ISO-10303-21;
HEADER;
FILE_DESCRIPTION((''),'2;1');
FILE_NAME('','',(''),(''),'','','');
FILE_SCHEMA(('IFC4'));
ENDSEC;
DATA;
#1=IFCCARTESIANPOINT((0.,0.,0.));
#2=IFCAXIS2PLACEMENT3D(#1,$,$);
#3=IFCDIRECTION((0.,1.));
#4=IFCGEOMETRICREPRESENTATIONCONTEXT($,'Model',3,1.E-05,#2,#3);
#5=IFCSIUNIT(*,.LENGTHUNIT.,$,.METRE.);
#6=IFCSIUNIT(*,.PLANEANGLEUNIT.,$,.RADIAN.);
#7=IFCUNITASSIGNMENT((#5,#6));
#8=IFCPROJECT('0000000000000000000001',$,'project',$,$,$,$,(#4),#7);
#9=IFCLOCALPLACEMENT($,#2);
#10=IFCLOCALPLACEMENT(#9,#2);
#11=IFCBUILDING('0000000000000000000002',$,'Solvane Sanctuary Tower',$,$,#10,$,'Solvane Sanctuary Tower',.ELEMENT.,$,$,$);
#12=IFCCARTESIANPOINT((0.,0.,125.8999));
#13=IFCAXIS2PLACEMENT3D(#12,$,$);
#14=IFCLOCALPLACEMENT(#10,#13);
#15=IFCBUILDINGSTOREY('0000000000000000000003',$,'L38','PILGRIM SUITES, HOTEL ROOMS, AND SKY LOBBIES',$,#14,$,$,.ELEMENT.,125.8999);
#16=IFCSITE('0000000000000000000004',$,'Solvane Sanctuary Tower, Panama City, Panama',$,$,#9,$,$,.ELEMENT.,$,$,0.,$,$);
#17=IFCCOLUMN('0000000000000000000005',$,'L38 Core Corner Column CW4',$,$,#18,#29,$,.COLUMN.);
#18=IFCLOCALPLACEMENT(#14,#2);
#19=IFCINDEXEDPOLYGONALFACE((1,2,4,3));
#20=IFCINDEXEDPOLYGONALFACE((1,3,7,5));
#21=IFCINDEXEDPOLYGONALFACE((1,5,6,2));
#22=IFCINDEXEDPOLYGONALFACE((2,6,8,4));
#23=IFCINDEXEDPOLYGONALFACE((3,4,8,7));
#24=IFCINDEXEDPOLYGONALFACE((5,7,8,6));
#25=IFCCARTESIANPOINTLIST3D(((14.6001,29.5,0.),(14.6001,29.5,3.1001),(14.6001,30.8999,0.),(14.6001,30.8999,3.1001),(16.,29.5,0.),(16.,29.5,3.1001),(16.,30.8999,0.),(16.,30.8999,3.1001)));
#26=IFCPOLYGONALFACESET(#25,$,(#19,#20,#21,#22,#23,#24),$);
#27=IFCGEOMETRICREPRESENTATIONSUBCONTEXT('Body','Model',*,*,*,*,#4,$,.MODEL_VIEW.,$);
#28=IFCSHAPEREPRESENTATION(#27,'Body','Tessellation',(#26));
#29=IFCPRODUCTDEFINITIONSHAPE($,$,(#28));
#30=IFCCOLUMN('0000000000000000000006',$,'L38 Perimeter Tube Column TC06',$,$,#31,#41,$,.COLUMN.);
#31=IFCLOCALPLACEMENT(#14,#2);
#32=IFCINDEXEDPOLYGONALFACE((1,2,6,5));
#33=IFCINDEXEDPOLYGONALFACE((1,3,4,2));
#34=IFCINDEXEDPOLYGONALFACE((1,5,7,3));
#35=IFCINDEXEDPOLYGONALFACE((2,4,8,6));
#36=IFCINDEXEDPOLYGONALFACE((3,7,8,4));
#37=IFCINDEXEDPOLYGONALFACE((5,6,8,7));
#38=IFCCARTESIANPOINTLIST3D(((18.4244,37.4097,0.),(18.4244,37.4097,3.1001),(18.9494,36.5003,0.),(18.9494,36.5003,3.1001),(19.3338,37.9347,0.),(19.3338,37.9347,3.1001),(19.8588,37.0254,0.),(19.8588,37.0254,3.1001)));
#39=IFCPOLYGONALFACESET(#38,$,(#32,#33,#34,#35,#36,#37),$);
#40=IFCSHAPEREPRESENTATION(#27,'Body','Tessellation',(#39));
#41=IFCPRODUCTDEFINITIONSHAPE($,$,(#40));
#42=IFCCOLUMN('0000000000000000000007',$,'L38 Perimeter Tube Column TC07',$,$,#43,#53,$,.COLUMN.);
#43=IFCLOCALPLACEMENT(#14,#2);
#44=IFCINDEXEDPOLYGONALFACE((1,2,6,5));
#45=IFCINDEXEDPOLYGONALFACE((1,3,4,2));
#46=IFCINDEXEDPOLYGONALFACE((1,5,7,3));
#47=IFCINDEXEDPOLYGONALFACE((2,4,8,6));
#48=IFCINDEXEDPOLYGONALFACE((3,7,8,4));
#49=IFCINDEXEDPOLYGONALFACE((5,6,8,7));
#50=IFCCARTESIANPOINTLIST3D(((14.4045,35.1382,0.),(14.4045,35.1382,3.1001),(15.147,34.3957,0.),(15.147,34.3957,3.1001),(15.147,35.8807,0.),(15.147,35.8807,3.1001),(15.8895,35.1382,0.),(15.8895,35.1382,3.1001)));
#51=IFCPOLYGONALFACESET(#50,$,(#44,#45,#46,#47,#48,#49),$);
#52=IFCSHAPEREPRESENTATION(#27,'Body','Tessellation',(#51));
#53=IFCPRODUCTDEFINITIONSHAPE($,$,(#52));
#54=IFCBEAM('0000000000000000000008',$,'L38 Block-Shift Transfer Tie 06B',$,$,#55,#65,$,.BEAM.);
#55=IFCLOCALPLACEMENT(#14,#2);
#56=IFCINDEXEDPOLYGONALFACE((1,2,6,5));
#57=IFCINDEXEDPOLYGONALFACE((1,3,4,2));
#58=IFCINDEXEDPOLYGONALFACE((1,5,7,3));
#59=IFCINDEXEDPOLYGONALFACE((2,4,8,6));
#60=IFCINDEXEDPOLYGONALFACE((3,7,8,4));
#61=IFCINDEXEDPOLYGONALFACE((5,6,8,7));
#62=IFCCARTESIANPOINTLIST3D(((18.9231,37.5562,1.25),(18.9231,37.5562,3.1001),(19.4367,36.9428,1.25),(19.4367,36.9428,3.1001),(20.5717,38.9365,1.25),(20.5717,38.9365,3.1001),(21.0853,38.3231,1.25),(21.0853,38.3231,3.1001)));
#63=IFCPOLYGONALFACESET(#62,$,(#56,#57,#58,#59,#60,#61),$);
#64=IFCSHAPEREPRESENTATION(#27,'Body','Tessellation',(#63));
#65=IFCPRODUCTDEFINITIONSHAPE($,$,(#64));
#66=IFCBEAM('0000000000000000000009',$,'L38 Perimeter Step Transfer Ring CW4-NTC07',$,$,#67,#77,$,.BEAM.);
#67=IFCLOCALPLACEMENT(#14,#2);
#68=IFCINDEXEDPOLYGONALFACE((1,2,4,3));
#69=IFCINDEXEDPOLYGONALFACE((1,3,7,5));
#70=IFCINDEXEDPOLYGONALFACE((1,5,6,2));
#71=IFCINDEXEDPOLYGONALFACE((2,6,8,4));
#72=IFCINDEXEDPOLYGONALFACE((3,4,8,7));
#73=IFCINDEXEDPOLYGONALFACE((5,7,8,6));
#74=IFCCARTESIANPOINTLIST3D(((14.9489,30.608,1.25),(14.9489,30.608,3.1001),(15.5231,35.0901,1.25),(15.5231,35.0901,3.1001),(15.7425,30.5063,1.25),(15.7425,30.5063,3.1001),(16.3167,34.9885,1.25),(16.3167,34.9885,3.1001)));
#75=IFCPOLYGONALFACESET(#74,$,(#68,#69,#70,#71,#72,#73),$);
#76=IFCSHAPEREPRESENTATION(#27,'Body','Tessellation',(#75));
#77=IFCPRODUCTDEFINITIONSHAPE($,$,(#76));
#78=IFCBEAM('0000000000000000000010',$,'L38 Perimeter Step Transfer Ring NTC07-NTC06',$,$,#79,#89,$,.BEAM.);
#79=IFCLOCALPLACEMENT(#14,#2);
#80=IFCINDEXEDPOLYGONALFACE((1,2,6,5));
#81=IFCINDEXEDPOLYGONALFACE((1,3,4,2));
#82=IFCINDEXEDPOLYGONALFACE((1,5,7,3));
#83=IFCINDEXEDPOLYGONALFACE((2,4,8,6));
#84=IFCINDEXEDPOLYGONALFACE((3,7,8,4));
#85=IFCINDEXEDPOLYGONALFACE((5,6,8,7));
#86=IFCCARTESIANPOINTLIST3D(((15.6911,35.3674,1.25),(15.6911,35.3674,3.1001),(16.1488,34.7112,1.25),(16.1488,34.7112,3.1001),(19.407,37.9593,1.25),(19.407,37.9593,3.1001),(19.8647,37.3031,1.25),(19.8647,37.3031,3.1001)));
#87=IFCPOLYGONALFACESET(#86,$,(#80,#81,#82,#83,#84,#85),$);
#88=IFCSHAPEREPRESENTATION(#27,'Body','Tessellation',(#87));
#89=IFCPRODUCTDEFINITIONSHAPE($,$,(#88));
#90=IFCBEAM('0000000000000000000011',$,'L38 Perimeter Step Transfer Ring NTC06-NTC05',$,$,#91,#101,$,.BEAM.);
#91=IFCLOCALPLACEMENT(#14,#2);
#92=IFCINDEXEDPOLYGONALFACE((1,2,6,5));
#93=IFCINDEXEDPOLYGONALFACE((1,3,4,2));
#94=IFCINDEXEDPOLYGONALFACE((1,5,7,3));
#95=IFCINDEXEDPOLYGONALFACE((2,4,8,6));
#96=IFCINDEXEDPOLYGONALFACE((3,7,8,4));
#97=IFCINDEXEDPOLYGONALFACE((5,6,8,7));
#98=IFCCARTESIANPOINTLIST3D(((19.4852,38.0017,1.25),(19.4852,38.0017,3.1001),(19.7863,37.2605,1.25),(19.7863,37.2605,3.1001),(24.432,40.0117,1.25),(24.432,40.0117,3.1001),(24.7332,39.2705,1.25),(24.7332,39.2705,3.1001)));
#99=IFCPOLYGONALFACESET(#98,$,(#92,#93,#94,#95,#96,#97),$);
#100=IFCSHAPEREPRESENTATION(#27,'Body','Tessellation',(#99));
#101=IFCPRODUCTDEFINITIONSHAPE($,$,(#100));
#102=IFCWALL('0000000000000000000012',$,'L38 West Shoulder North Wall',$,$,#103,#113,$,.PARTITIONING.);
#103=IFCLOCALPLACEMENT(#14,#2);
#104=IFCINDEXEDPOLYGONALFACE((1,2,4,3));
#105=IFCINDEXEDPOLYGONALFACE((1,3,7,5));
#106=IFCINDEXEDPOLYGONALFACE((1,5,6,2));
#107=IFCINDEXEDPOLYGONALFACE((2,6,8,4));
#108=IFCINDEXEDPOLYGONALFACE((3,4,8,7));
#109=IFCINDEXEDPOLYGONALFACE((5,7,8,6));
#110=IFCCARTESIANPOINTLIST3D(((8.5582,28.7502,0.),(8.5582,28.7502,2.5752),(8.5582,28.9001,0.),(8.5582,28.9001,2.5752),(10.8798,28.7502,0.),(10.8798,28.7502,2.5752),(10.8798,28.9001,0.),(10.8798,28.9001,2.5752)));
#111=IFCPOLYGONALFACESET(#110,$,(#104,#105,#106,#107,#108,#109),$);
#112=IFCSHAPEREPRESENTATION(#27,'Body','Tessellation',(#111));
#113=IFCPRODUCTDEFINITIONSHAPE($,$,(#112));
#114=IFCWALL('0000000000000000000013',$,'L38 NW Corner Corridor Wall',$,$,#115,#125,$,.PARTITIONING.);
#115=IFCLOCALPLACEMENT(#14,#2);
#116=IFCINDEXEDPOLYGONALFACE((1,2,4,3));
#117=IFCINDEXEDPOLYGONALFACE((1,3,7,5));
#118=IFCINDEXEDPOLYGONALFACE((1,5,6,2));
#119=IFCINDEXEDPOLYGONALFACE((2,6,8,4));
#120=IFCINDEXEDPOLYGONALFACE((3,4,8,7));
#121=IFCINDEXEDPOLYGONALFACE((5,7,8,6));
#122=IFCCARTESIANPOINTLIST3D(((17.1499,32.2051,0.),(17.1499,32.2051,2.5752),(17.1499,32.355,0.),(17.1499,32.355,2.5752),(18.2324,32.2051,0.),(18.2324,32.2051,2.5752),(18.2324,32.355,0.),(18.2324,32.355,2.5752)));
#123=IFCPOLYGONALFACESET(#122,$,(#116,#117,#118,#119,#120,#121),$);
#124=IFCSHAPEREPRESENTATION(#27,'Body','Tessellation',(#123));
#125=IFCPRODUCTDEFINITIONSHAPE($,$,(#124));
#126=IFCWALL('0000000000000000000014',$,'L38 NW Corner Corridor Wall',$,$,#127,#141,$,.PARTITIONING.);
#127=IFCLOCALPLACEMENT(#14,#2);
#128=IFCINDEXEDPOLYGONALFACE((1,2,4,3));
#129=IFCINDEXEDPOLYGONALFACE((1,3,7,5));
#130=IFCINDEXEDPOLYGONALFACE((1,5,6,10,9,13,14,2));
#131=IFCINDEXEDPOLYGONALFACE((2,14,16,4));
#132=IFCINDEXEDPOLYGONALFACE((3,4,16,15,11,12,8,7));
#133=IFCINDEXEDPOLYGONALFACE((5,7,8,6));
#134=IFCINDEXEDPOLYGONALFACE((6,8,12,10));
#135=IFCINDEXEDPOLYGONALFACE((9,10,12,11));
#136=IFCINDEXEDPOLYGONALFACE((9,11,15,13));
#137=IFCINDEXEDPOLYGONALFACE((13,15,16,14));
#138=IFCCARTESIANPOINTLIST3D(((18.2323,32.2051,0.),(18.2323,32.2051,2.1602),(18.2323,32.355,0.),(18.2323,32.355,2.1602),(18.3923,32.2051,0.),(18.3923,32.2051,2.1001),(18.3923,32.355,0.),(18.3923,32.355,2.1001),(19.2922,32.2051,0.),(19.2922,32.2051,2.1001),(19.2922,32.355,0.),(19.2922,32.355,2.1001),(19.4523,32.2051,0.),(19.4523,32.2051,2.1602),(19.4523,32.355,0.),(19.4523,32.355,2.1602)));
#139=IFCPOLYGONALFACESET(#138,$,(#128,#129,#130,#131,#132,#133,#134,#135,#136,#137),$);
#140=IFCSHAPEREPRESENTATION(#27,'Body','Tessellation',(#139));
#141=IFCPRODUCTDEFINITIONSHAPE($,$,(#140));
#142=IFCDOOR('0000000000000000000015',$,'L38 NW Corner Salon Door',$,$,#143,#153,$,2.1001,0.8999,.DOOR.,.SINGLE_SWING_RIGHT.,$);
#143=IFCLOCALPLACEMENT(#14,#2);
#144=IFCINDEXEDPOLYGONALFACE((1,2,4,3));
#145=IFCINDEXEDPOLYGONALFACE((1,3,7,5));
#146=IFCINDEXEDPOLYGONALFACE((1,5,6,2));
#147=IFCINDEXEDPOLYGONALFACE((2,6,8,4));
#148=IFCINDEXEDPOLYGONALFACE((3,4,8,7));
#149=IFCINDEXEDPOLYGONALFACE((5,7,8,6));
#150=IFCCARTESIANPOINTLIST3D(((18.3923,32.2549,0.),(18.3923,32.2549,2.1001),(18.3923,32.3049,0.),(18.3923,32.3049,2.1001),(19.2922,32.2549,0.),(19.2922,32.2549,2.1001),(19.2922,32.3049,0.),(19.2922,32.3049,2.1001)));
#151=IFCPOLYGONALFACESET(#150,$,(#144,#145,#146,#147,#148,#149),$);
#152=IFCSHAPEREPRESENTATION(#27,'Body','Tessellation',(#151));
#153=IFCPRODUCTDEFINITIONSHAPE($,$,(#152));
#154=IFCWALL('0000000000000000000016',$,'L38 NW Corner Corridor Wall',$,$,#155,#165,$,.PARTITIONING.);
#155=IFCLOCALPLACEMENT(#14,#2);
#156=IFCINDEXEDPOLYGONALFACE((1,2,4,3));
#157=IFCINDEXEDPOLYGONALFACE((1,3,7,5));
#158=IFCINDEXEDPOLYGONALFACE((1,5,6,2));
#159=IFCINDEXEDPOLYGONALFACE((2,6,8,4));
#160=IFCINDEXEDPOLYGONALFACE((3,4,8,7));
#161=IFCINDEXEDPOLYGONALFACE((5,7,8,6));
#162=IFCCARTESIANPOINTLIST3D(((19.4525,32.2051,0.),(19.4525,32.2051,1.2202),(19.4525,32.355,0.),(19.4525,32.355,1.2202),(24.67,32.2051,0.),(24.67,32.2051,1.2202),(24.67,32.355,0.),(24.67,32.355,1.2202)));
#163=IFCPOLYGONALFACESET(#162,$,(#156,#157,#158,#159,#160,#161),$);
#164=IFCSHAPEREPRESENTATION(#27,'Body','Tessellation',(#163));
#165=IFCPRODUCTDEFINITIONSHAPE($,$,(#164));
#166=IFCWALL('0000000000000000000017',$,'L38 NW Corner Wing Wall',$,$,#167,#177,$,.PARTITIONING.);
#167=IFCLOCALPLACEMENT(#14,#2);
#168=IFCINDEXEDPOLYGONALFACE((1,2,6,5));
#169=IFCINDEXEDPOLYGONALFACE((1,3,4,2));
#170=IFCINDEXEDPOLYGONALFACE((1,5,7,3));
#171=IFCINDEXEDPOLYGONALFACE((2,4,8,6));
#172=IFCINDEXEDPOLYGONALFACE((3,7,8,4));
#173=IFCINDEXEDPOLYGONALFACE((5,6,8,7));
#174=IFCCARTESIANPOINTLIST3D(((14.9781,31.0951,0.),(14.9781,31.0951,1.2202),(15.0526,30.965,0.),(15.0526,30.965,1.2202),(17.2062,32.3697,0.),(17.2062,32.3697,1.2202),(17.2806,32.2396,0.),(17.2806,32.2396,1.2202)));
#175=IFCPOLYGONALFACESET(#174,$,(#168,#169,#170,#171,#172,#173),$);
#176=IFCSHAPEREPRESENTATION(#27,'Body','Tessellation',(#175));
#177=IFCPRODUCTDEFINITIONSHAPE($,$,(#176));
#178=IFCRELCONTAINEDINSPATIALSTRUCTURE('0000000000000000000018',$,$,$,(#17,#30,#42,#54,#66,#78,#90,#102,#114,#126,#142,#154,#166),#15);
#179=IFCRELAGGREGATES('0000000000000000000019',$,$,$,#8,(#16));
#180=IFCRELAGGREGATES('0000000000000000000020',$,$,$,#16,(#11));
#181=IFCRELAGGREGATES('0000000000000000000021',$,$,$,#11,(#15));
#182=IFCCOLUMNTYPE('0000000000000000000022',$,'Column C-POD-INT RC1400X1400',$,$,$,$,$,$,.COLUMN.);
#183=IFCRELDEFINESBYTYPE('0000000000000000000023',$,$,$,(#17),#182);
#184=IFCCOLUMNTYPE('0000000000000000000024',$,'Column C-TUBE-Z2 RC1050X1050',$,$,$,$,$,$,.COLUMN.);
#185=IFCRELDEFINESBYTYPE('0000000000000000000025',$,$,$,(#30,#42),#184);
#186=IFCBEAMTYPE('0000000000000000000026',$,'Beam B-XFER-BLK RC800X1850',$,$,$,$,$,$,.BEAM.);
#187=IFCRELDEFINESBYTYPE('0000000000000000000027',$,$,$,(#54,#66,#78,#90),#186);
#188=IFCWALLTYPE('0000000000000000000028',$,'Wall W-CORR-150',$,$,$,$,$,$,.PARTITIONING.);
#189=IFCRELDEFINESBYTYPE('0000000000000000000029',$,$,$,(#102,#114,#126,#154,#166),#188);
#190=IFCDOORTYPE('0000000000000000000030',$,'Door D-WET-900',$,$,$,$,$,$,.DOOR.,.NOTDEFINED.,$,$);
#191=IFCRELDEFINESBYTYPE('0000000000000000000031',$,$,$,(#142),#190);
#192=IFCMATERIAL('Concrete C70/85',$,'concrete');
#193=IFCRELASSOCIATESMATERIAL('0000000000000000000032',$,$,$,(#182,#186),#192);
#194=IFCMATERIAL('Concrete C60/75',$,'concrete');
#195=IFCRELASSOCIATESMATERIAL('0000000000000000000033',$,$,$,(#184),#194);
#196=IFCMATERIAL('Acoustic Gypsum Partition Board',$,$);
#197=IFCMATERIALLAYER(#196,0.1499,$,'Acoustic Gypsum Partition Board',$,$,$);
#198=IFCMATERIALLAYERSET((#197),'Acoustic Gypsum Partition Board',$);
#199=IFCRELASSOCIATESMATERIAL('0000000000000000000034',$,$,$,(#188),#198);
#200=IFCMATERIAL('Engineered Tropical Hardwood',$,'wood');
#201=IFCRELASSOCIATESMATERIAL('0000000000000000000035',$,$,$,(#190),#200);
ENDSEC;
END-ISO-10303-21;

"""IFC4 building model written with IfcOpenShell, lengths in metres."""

from ifc_helpers import new_model, si_unit, direction, frame, frame_2d, origin, origin_2d, place, context, subcontext, project, spatial, rectangle, extrude, material, layer, layer_set, material_profile, profile_set, type_object, element, fill, save


model = new_model("IFC4")

# Units and contexts
model_context = context("Model", 3, precision=1e-05, world=origin(), true_north=direction((0.0, 1.0)))
body_context = subcontext(model_context, "Body", "Model", "MODEL_VIEW")
ifc_project = project(units=[si_unit("LENGTHUNIT", "METRE"), si_unit("PLANEANGLEUNIT", "RADIAN")], contexts=[model_context])

# Site, building, storey
site_placement = place(None, origin())
site = spatial("IfcSite", under=ifc_project, at=site_placement, Name="Solvane Sanctuary Tower, Panama City, Panama", CompositionType="ELEMENT", RefElevation=0.0)
building_placement = place(site_placement, origin())
building = spatial("IfcBuilding", under=site, at=building_placement, Name="Solvane Sanctuary Tower", LongName="Solvane Sanctuary Tower", CompositionType="ELEMENT")
storey_placement = place(building_placement, frame((0.0, 0.0, 125.8999)))
storey = spatial("IfcBuildingStorey", under=building, at=storey_placement, Name="L38", Description="PILGRIM SUITES, HOTEL ROOMS, AND SKY LOBBIES", CompositionType="ELEMENT", Elevation=125.8999)

# Columns
ifc_material_1 = material(Name="Concrete C70/85", Category="concrete")
ifc_material_profile_1 = material_profile(ifc_material_1, rectangle(XDim=1.3999, YDim=1.3999, at=origin_2d()), Name="RC1400X1400")
ifc_profile_set_1 = profile_set([ifc_material_profile_1], Name="Concrete C70/85")
column_type_1 = type_object("IfcColumnType", Name="Column C-POD-INT RC1400X1400", PredefinedType="COLUMN", material=ifc_profile_set_1)
column_placement = place(storey_placement, frame((15.3, 30.2, 0.0), z_axis=(0.0, 0.0, 1.0), x_axis=(1.0, 0.0, 0.0)))
element("IfcColumn", 1, at=column_placement, inside=storey, type_object=column_type_1, Name="L38 Core Corner Column CW4", PredefinedType="COLUMN", context=body_context, shape_type="SweptSolid", body=[
    extrude(rectangle(XDim=1.3999, YDim=1.3999, at=origin_2d()), origin(), (0.0, 0.0, 1.0), 3.1001),
])
ifc_material_2 = material(Name="Concrete C60/75", Category="concrete")
ifc_material_profile_2 = material_profile(ifc_material_2, rectangle(XDim=1.05, YDim=1.05, at=origin_2d()), Name="RC1050X1050")
ifc_profile_set_2 = profile_set([ifc_material_profile_2], Name="Concrete C60/75")
column_type_2 = type_object("IfcColumnType", Name="Column C-TUBE-Z2 RC1050X1050", PredefinedType="COLUMN", material=ifc_profile_set_2)
for number, where, z_axis, x_axis, name in (
    (2, (19.1416, 37.2175, 0.0), (0.0, 0.0, 1.0), (-0.5, 0.866025, 0.0), "L38 Perimeter Tube Column TC06"),
    (3, (15.147, 35.1382, 0.0), (0.0, 0.0, 1.0), (-0.707107, 0.707107, 0.0), "L38 Perimeter Tube Column TC07"),
):
    element("IfcColumn", number, at=place(storey_placement, frame(where, z_axis=z_axis, x_axis=x_axis)), inside=storey, type_object=column_type_2, Name=name, PredefinedType="COLUMN", context=body_context, shape_type="SweptSolid", body=[
        extrude(rectangle(XDim=1.05, YDim=1.05, at=origin_2d()), origin(), (0.0, 0.0, 1.0), 3.1001),
    ])

# Beams
ifc_material_profile_3 = material_profile(ifc_material_1, rectangle(XDim=0.8, YDim=1.8501, at=origin_2d()), Name="RC800X1850")
ifc_profile_set_3 = profile_set([ifc_material_profile_3], Name="Concrete C70/85")
beam_type = type_object("IfcBeamType", Name="Beam B-XFER-BLK RC800X1850", PredefinedType="BEAM", material=ifc_profile_set_3)
beam_1_placement = place(storey_placement, frame((19.1799, 37.2495, 2.175), z_axis=(0.766739, 0.641958, 0.0), x_axis=(-0.641958, 0.766739, 0.0)))
element("IfcBeam", 4, at=beam_1_placement, inside=storey, type_object=beam_type, Name="L38 Block-Shift Transfer Tie 06B", PredefinedType="BEAM", context=body_context, shape_type="SweptSolid", body=[
    extrude(rectangle(XDim=0.8, YDim=1.8501, at=origin_2d()), origin(), (0.0, 0.0, 1.0), 2.1501),
])
beam_2_placement = place(storey_placement, frame((15.3457, 30.5571, 2.175), z_axis=(0.127073, 0.991893, 0.0), x_axis=(-0.991893, 0.127073, 0.0)))
element("IfcBeam", 5, at=beam_2_placement, inside=storey, type_object=beam_type, Name="L38 Perimeter Step Transfer Ring CW4-NTC07", PredefinedType="BEAM", context=body_context, shape_type="SweptSolid", body=[
    extrude(rectangle(XDim=0.8, YDim=1.8501, at=origin_2d()), origin(), (0.0, 0.0, 1.0), 4.5188),
])
beam_3_placement = place(storey_placement, frame((15.9199, 35.0393, 2.175), z_axis=(0.820193, 0.572087, 0.0), x_axis=(-0.572087, 0.820193, 0.0)))
element("IfcBeam", 6, at=beam_3_placement, inside=storey, type_object=beam_type, Name="L38 Perimeter Step Transfer Ring NTC07-NTC06", PredefinedType="BEAM", context=body_context, shape_type="SweptSolid", body=[
    extrude(rectangle(XDim=0.8, YDim=1.8501, at=origin_2d()), origin(), (0.0, 0.0, 1.0), 4.5305),
])
beam_4_placement = place(storey_placement, frame((19.6357, 37.6311, 2.175), z_axis=(0.926442, 0.376438, 0.0), x_axis=(-0.376438, 0.926442, 0.0)))
element("IfcBeam", 7, at=beam_4_placement, inside=storey, type_object=beam_type, Name="L38 Perimeter Step Transfer Ring NTC06-NTC05", PredefinedType="BEAM", context=body_context, shape_type="SweptSolid", body=[
    extrude(rectangle(XDim=0.8, YDim=1.8501, at=origin_2d()), origin(), (0.0, 0.0, 1.0), 5.3396),
])

# Walls
ifc_material_3 = material(Name="Acoustic Gypsum Partition Board")
ifc_layer_1 = layer(ifc_material_3, 0.1499, Name="Acoustic Gypsum Partition Board")
ifc_layer_set_1 = layer_set([ifc_layer_1], Name="Acoustic Gypsum Partition Board")
wall_type_1 = type_object("IfcWallType", Name="Wall W-CORR-150", PredefinedType="PARTITIONING", material=ifc_layer_set_1)
wall_1_placement = place(storey_placement, frame((8.5583, 28.8252, 0.0), z_axis=(0.0, 0.0, 1.0), x_axis=(1.0, 0.0, 0.0)))
element("IfcWall", 8, at=wall_1_placement, inside=storey, type_object=wall_type_1, Name="L38 West Shoulder North Wall", PredefinedType="PARTITIONING", context=body_context, shape_type="SweptSolid", body=[
    extrude(rectangle(XDim=2.3215, YDim=0.1499, at=frame_2d((1.1606, 0.0))), origin(), (0.0, 0.0, 1.0), 2.5752),
])
wall_2_placement = place(storey_placement, frame((17.1499, 32.28, 0.0), z_axis=(0.0, 0.0, 1.0), x_axis=(1.0, 0.0, 0.0)))
element("IfcWall", 9, at=wall_2_placement, inside=storey, type_object=wall_type_1, Name="L38 NW Corner Corridor Wall", PredefinedType="PARTITIONING", context=body_context, shape_type="SweptSolid", body=[
    extrude(rectangle(XDim=1.0825, YDim=0.1499, at=frame_2d((0.5413, 0.0))), origin(), (0.0, 0.0, 1.0), 2.5752),
])

# Wall, opening, door
wall_3_placement = place(storey_placement, frame((18.2324, 32.28, 0.0), z_axis=(0.0, 0.0, 1.0), x_axis=(1.0, 0.0, 0.0)))
wall_3 = element("IfcWall", 10, at=wall_3_placement, inside=storey, type_object=wall_type_1, Name="L38 NW Corner Corridor Wall", PredefinedType="PARTITIONING", context=body_context, shape_type="SweptSolid", body=[
    extrude(rectangle(XDim=1.22, YDim=0.1499, at=frame_2d((0.6099, 0.0))), origin(), (0.0, 0.0, 1.0), 2.1602),
])
opening_1_placement = place(wall_3_placement, frame((0.1599, 0.0, 0.0)))
opening_1 = element("IfcOpeningElement", 11, at=opening_1_placement, cuts=wall_3, PredefinedType="OPENING", context=body_context, shape_type="SweptSolid", body=[
    extrude(rectangle(XDim=0.8999, YDim=2.1001, at=frame_2d((0.45, 1.05))), frame((0.0, 0.085, 0.0), z_axis=(0.0, -1.0, 0.0), x_axis=(1.0, 0.0, 0.0)), (0.0, 0.0, 1.0), 0.1699),
])
ifc_material_4 = material(Name="Engineered Tropical Hardwood", Category="wood")
door_type_1 = type_object("IfcDoorType", Name="Door D-WET-900", OperationType="NOTDEFINED", PredefinedType="DOOR", material=ifc_material_4)
door_1_placement = place(opening_1_placement, origin())
door_1 = element("IfcDoor", 12, at=door_1_placement, inside=storey, type_object=door_type_1, Name="L38 NW Corner Salon Door", OperationType="SINGLE_SWING_RIGHT", OverallHeight=2.1001, OverallWidth=0.8999, PredefinedType="DOOR", context=body_context, shape_type="SweptSolid", body=[
    extrude(rectangle(XDim=0.8999, YDim=2.1001, at=frame_2d((0.45, 1.05))), frame((0.0, 0.0249, 0.0), z_axis=(0.0, -1.0, 0.0), x_axis=(1.0, 0.0, 0.0)), (0.0, 0.0, 1.0), 0.05),
])
fill(opening_1, door_1)

# Walls
wall_4_placement = place(storey_placement, frame((19.4524, 32.28, 0.0), z_axis=(0.0, 0.0, 1.0), x_axis=(1.0, 0.0, 0.0)))
element("IfcWall", 13, at=wall_4_placement, inside=storey, type_object=wall_type_1, Name="L38 NW Corner Corridor Wall", PredefinedType="PARTITIONING", context=body_context, shape_type="SweptSolid", body=[
    extrude(rectangle(XDim=5.2175, YDim=0.1499, at=frame_2d((2.6089, 0.0))), origin(), (0.0, 0.0, 1.0), 1.2202),
])
wall_5_placement = place(storey_placement, frame((17.2434, 32.3047, 0.0), z_axis=(0.0, 0.0, 1.0), x_axis=(-0.867991, -0.496579, 0.0)))
element("IfcWall", 14, at=wall_5_placement, inside=storey, type_object=wall_type_1, Name="L38 NW Corner Wing Wall", PredefinedType="PARTITIONING", context=body_context, shape_type="SweptSolid", body=[
    extrude(rectangle(XDim=2.5669, YDim=0.1499, at=frame_2d((1.2834, 0.0))), origin(), (0.0, 0.0, 1.0), 1.2202),
])

save(model, "model.ifc")
